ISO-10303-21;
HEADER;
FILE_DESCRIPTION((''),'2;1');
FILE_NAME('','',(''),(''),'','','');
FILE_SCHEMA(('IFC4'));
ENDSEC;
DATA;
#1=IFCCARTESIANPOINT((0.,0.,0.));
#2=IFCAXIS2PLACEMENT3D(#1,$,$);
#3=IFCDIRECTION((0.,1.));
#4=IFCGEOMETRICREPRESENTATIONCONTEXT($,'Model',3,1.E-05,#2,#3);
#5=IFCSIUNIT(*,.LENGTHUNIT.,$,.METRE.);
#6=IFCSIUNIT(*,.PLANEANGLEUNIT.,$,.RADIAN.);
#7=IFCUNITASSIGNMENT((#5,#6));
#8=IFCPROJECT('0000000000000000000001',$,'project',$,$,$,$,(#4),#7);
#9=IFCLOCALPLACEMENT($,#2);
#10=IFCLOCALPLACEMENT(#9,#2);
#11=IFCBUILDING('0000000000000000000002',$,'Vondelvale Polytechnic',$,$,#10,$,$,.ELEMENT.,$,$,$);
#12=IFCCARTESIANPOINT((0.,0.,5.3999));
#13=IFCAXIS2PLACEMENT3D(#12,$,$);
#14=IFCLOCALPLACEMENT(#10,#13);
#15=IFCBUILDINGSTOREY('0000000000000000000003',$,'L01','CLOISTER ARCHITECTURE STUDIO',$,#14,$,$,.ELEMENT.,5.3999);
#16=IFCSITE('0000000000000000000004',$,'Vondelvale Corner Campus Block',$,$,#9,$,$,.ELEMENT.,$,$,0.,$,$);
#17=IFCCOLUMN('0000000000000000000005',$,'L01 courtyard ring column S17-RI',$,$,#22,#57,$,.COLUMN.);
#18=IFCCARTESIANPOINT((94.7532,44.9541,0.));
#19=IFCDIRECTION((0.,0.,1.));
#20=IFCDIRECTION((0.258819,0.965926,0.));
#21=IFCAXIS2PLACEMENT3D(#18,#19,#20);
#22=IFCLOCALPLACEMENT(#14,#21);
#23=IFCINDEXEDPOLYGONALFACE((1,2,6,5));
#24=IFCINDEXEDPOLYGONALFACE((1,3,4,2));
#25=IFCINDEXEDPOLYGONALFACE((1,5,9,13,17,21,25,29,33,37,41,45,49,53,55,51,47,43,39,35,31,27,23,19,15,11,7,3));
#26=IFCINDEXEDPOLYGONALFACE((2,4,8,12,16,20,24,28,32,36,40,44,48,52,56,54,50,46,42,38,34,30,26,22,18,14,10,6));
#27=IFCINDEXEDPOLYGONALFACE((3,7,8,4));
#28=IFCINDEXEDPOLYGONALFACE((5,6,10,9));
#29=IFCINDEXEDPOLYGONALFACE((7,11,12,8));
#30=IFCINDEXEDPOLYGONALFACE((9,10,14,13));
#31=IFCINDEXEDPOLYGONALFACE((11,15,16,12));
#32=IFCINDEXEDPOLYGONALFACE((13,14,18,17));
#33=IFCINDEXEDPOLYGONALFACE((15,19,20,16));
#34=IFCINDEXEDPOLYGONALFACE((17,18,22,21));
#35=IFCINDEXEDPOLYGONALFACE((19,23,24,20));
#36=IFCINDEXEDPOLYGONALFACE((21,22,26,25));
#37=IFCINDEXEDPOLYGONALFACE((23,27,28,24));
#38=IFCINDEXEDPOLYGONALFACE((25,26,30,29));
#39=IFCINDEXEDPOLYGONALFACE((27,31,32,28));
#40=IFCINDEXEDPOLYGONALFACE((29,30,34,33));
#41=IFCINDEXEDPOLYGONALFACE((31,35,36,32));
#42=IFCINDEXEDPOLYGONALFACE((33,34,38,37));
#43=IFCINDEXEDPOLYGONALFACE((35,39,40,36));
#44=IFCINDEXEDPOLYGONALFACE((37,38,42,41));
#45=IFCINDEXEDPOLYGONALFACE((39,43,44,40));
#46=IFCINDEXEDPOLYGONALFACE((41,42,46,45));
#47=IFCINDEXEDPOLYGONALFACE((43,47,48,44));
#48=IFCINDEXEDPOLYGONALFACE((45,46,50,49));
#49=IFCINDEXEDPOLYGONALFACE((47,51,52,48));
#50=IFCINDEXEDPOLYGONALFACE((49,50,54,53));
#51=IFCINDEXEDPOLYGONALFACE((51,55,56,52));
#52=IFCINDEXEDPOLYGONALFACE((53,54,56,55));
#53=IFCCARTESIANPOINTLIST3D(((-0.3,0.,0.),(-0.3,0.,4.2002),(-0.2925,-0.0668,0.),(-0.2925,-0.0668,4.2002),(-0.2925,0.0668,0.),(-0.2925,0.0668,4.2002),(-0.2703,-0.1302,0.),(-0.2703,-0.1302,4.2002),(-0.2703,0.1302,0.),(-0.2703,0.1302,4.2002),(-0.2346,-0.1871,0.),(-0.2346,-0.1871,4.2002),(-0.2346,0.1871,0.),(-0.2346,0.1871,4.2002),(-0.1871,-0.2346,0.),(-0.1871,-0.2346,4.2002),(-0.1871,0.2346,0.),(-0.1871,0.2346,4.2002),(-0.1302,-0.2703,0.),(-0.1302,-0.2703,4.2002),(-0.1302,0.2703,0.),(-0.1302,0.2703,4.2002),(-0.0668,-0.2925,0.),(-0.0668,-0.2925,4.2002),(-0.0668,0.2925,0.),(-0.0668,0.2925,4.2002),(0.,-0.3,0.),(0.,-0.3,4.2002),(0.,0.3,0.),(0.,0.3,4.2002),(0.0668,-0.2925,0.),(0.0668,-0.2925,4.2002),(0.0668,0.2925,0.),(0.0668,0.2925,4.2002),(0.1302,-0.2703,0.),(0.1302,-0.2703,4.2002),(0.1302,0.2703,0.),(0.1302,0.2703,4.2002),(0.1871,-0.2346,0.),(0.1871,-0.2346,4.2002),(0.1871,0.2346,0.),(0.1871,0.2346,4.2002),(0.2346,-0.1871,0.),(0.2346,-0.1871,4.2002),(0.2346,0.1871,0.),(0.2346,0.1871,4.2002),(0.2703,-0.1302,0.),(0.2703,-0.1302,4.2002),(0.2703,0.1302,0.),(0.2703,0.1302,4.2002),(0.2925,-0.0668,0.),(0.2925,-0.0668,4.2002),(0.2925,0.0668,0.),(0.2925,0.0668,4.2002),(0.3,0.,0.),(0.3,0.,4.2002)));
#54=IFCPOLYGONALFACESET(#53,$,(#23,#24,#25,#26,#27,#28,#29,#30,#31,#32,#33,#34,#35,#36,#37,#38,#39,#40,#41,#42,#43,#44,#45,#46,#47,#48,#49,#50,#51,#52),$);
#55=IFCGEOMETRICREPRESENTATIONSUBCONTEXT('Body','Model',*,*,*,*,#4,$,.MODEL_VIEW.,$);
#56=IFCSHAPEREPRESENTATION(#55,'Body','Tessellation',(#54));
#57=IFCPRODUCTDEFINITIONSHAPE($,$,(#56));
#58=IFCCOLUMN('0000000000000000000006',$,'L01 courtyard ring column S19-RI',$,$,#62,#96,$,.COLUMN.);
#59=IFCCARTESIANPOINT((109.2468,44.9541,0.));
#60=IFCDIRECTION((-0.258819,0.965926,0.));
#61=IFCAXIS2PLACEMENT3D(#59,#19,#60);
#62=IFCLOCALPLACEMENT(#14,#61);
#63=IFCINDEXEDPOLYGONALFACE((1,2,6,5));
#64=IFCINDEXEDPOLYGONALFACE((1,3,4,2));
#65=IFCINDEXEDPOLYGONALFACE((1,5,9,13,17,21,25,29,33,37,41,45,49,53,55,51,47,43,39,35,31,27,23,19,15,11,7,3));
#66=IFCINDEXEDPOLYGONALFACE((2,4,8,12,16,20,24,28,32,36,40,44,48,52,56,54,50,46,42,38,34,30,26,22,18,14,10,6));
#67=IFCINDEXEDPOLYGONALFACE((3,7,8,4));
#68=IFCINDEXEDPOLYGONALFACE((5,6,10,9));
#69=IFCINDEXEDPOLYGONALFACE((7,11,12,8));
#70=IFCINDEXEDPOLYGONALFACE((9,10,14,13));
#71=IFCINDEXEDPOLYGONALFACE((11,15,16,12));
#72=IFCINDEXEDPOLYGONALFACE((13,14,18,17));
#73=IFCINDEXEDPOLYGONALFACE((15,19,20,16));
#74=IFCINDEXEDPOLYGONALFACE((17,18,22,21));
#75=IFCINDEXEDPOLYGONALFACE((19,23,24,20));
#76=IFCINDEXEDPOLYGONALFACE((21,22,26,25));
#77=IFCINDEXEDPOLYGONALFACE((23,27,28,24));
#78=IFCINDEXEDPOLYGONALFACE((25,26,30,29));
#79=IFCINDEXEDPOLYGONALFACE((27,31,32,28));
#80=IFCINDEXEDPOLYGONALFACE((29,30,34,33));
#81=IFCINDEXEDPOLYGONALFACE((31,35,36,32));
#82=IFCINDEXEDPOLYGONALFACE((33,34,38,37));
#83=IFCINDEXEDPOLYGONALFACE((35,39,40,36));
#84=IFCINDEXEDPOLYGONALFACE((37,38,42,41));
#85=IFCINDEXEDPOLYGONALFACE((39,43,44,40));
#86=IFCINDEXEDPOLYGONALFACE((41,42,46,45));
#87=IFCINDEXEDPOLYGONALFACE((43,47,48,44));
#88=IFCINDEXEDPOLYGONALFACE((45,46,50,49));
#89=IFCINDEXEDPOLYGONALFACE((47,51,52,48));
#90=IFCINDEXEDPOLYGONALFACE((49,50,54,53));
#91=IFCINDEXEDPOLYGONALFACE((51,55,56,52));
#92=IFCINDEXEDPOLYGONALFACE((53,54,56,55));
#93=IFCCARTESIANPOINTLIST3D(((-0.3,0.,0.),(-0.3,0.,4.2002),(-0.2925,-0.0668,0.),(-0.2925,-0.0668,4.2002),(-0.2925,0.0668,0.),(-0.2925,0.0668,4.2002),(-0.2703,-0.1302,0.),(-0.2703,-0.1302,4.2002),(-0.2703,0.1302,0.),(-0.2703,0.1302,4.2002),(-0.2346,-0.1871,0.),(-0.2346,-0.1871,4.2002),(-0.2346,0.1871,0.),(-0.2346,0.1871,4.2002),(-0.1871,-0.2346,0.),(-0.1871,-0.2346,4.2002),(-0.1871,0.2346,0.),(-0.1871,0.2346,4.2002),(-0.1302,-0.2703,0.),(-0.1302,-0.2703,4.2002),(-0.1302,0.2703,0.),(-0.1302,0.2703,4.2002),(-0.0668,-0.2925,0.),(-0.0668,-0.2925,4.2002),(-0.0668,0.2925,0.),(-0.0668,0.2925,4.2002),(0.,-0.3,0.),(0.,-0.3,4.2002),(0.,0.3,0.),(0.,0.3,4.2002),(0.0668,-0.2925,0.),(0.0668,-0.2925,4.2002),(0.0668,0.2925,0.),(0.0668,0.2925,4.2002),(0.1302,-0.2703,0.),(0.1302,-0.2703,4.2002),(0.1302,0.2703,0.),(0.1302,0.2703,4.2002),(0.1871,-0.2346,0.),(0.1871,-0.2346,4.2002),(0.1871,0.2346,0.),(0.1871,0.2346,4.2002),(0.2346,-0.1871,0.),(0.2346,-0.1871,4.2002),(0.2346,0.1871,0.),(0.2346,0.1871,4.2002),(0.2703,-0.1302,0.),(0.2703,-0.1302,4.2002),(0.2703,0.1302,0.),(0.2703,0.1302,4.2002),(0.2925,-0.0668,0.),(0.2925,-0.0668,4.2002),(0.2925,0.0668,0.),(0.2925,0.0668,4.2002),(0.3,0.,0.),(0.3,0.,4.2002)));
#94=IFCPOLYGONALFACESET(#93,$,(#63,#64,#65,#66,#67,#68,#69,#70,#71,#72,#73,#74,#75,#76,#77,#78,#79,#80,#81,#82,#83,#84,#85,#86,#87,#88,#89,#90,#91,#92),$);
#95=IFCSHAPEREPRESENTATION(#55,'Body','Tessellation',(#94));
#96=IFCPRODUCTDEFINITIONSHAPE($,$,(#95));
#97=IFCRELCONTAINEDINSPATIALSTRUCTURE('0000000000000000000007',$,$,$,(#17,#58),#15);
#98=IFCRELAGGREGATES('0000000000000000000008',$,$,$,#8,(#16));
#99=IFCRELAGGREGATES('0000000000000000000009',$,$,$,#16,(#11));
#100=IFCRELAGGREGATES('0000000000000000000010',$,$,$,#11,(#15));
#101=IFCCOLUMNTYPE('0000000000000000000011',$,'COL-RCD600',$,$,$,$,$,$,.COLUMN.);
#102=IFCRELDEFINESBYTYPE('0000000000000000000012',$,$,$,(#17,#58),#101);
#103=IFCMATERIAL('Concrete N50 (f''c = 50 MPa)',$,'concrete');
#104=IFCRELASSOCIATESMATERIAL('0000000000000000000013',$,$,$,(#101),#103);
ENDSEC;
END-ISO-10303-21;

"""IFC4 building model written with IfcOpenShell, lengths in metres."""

from ifc_helpers import new_model, si_unit, direction, frame, origin, origin_2d, place, context, subcontext, project, spatial, circle, extrude, material, material_profile, profile_set, type_object, element, save


model = new_model("IFC4")

# Units and contexts
model_context = context("Model", 3, precision=1e-05, world=origin(), true_north=direction((0.0, 1.0)))
body_context = subcontext(model_context, "Body", "Model", "MODEL_VIEW")
ifc_project = project(units=[si_unit("LENGTHUNIT", "METRE"), si_unit("PLANEANGLEUNIT", "RADIAN")], contexts=[model_context])

# Site, building, storey
site_placement = place(None, origin())
site = spatial("IfcSite", under=ifc_project, at=site_placement, Name="Vondelvale Corner Campus Block", CompositionType="ELEMENT", RefElevation=0.0)
building_placement = place(site_placement, origin())
building = spatial("IfcBuilding", under=site, at=building_placement, Name="Vondelvale Polytechnic", CompositionType="ELEMENT")
storey_placement = place(building_placement, frame((0.0, 0.0, 5.3999)))
storey = spatial("IfcBuildingStorey", under=building, at=storey_placement, Name="L01", Description="CLOISTER ARCHITECTURE STUDIO", CompositionType="ELEMENT", Elevation=5.3999)

# Columns
ifc_material_1 = material(Name="Concrete N50 (f'c = 50 MPa)", Category="concrete")
ifc_material_profile_1 = material_profile(ifc_material_1, circle(Radius=0.3, at=origin_2d()), Name="RC-COL-D600")
ifc_profile_set_1 = profile_set([ifc_material_profile_1], Name="Concrete N50 (f'c = 50 MPa)")
column_type = type_object("IfcColumnType", Name="COL-RCD600", PredefinedType="COLUMN", material=ifc_profile_set_1)
for number, where, z_axis, x_axis, name in (
    (1, (94.7532, 44.9541, 0.0), (0.0, 0.0, 1.0), (0.258819, 0.965926, 0.0), "L01 courtyard ring column S17-RI"),
    (2, (109.2468, 44.9541, 0.0), (0.0, 0.0, 1.0), (-0.258819, 0.965926, 0.0), "L01 courtyard ring column S19-RI"),
):
    element("IfcColumn", number, at=place(storey_placement, frame(where, z_axis=z_axis, x_axis=x_axis)), inside=storey, type_object=column_type, Name=name, PredefinedType="COLUMN", context=body_context, shape_type="SweptSolid", body=[
        extrude(circle(Radius=0.3, at=origin_2d()), origin(), (0.0, 0.0, 1.0), 4.2002),
    ])

save(model, "model.ifc")
